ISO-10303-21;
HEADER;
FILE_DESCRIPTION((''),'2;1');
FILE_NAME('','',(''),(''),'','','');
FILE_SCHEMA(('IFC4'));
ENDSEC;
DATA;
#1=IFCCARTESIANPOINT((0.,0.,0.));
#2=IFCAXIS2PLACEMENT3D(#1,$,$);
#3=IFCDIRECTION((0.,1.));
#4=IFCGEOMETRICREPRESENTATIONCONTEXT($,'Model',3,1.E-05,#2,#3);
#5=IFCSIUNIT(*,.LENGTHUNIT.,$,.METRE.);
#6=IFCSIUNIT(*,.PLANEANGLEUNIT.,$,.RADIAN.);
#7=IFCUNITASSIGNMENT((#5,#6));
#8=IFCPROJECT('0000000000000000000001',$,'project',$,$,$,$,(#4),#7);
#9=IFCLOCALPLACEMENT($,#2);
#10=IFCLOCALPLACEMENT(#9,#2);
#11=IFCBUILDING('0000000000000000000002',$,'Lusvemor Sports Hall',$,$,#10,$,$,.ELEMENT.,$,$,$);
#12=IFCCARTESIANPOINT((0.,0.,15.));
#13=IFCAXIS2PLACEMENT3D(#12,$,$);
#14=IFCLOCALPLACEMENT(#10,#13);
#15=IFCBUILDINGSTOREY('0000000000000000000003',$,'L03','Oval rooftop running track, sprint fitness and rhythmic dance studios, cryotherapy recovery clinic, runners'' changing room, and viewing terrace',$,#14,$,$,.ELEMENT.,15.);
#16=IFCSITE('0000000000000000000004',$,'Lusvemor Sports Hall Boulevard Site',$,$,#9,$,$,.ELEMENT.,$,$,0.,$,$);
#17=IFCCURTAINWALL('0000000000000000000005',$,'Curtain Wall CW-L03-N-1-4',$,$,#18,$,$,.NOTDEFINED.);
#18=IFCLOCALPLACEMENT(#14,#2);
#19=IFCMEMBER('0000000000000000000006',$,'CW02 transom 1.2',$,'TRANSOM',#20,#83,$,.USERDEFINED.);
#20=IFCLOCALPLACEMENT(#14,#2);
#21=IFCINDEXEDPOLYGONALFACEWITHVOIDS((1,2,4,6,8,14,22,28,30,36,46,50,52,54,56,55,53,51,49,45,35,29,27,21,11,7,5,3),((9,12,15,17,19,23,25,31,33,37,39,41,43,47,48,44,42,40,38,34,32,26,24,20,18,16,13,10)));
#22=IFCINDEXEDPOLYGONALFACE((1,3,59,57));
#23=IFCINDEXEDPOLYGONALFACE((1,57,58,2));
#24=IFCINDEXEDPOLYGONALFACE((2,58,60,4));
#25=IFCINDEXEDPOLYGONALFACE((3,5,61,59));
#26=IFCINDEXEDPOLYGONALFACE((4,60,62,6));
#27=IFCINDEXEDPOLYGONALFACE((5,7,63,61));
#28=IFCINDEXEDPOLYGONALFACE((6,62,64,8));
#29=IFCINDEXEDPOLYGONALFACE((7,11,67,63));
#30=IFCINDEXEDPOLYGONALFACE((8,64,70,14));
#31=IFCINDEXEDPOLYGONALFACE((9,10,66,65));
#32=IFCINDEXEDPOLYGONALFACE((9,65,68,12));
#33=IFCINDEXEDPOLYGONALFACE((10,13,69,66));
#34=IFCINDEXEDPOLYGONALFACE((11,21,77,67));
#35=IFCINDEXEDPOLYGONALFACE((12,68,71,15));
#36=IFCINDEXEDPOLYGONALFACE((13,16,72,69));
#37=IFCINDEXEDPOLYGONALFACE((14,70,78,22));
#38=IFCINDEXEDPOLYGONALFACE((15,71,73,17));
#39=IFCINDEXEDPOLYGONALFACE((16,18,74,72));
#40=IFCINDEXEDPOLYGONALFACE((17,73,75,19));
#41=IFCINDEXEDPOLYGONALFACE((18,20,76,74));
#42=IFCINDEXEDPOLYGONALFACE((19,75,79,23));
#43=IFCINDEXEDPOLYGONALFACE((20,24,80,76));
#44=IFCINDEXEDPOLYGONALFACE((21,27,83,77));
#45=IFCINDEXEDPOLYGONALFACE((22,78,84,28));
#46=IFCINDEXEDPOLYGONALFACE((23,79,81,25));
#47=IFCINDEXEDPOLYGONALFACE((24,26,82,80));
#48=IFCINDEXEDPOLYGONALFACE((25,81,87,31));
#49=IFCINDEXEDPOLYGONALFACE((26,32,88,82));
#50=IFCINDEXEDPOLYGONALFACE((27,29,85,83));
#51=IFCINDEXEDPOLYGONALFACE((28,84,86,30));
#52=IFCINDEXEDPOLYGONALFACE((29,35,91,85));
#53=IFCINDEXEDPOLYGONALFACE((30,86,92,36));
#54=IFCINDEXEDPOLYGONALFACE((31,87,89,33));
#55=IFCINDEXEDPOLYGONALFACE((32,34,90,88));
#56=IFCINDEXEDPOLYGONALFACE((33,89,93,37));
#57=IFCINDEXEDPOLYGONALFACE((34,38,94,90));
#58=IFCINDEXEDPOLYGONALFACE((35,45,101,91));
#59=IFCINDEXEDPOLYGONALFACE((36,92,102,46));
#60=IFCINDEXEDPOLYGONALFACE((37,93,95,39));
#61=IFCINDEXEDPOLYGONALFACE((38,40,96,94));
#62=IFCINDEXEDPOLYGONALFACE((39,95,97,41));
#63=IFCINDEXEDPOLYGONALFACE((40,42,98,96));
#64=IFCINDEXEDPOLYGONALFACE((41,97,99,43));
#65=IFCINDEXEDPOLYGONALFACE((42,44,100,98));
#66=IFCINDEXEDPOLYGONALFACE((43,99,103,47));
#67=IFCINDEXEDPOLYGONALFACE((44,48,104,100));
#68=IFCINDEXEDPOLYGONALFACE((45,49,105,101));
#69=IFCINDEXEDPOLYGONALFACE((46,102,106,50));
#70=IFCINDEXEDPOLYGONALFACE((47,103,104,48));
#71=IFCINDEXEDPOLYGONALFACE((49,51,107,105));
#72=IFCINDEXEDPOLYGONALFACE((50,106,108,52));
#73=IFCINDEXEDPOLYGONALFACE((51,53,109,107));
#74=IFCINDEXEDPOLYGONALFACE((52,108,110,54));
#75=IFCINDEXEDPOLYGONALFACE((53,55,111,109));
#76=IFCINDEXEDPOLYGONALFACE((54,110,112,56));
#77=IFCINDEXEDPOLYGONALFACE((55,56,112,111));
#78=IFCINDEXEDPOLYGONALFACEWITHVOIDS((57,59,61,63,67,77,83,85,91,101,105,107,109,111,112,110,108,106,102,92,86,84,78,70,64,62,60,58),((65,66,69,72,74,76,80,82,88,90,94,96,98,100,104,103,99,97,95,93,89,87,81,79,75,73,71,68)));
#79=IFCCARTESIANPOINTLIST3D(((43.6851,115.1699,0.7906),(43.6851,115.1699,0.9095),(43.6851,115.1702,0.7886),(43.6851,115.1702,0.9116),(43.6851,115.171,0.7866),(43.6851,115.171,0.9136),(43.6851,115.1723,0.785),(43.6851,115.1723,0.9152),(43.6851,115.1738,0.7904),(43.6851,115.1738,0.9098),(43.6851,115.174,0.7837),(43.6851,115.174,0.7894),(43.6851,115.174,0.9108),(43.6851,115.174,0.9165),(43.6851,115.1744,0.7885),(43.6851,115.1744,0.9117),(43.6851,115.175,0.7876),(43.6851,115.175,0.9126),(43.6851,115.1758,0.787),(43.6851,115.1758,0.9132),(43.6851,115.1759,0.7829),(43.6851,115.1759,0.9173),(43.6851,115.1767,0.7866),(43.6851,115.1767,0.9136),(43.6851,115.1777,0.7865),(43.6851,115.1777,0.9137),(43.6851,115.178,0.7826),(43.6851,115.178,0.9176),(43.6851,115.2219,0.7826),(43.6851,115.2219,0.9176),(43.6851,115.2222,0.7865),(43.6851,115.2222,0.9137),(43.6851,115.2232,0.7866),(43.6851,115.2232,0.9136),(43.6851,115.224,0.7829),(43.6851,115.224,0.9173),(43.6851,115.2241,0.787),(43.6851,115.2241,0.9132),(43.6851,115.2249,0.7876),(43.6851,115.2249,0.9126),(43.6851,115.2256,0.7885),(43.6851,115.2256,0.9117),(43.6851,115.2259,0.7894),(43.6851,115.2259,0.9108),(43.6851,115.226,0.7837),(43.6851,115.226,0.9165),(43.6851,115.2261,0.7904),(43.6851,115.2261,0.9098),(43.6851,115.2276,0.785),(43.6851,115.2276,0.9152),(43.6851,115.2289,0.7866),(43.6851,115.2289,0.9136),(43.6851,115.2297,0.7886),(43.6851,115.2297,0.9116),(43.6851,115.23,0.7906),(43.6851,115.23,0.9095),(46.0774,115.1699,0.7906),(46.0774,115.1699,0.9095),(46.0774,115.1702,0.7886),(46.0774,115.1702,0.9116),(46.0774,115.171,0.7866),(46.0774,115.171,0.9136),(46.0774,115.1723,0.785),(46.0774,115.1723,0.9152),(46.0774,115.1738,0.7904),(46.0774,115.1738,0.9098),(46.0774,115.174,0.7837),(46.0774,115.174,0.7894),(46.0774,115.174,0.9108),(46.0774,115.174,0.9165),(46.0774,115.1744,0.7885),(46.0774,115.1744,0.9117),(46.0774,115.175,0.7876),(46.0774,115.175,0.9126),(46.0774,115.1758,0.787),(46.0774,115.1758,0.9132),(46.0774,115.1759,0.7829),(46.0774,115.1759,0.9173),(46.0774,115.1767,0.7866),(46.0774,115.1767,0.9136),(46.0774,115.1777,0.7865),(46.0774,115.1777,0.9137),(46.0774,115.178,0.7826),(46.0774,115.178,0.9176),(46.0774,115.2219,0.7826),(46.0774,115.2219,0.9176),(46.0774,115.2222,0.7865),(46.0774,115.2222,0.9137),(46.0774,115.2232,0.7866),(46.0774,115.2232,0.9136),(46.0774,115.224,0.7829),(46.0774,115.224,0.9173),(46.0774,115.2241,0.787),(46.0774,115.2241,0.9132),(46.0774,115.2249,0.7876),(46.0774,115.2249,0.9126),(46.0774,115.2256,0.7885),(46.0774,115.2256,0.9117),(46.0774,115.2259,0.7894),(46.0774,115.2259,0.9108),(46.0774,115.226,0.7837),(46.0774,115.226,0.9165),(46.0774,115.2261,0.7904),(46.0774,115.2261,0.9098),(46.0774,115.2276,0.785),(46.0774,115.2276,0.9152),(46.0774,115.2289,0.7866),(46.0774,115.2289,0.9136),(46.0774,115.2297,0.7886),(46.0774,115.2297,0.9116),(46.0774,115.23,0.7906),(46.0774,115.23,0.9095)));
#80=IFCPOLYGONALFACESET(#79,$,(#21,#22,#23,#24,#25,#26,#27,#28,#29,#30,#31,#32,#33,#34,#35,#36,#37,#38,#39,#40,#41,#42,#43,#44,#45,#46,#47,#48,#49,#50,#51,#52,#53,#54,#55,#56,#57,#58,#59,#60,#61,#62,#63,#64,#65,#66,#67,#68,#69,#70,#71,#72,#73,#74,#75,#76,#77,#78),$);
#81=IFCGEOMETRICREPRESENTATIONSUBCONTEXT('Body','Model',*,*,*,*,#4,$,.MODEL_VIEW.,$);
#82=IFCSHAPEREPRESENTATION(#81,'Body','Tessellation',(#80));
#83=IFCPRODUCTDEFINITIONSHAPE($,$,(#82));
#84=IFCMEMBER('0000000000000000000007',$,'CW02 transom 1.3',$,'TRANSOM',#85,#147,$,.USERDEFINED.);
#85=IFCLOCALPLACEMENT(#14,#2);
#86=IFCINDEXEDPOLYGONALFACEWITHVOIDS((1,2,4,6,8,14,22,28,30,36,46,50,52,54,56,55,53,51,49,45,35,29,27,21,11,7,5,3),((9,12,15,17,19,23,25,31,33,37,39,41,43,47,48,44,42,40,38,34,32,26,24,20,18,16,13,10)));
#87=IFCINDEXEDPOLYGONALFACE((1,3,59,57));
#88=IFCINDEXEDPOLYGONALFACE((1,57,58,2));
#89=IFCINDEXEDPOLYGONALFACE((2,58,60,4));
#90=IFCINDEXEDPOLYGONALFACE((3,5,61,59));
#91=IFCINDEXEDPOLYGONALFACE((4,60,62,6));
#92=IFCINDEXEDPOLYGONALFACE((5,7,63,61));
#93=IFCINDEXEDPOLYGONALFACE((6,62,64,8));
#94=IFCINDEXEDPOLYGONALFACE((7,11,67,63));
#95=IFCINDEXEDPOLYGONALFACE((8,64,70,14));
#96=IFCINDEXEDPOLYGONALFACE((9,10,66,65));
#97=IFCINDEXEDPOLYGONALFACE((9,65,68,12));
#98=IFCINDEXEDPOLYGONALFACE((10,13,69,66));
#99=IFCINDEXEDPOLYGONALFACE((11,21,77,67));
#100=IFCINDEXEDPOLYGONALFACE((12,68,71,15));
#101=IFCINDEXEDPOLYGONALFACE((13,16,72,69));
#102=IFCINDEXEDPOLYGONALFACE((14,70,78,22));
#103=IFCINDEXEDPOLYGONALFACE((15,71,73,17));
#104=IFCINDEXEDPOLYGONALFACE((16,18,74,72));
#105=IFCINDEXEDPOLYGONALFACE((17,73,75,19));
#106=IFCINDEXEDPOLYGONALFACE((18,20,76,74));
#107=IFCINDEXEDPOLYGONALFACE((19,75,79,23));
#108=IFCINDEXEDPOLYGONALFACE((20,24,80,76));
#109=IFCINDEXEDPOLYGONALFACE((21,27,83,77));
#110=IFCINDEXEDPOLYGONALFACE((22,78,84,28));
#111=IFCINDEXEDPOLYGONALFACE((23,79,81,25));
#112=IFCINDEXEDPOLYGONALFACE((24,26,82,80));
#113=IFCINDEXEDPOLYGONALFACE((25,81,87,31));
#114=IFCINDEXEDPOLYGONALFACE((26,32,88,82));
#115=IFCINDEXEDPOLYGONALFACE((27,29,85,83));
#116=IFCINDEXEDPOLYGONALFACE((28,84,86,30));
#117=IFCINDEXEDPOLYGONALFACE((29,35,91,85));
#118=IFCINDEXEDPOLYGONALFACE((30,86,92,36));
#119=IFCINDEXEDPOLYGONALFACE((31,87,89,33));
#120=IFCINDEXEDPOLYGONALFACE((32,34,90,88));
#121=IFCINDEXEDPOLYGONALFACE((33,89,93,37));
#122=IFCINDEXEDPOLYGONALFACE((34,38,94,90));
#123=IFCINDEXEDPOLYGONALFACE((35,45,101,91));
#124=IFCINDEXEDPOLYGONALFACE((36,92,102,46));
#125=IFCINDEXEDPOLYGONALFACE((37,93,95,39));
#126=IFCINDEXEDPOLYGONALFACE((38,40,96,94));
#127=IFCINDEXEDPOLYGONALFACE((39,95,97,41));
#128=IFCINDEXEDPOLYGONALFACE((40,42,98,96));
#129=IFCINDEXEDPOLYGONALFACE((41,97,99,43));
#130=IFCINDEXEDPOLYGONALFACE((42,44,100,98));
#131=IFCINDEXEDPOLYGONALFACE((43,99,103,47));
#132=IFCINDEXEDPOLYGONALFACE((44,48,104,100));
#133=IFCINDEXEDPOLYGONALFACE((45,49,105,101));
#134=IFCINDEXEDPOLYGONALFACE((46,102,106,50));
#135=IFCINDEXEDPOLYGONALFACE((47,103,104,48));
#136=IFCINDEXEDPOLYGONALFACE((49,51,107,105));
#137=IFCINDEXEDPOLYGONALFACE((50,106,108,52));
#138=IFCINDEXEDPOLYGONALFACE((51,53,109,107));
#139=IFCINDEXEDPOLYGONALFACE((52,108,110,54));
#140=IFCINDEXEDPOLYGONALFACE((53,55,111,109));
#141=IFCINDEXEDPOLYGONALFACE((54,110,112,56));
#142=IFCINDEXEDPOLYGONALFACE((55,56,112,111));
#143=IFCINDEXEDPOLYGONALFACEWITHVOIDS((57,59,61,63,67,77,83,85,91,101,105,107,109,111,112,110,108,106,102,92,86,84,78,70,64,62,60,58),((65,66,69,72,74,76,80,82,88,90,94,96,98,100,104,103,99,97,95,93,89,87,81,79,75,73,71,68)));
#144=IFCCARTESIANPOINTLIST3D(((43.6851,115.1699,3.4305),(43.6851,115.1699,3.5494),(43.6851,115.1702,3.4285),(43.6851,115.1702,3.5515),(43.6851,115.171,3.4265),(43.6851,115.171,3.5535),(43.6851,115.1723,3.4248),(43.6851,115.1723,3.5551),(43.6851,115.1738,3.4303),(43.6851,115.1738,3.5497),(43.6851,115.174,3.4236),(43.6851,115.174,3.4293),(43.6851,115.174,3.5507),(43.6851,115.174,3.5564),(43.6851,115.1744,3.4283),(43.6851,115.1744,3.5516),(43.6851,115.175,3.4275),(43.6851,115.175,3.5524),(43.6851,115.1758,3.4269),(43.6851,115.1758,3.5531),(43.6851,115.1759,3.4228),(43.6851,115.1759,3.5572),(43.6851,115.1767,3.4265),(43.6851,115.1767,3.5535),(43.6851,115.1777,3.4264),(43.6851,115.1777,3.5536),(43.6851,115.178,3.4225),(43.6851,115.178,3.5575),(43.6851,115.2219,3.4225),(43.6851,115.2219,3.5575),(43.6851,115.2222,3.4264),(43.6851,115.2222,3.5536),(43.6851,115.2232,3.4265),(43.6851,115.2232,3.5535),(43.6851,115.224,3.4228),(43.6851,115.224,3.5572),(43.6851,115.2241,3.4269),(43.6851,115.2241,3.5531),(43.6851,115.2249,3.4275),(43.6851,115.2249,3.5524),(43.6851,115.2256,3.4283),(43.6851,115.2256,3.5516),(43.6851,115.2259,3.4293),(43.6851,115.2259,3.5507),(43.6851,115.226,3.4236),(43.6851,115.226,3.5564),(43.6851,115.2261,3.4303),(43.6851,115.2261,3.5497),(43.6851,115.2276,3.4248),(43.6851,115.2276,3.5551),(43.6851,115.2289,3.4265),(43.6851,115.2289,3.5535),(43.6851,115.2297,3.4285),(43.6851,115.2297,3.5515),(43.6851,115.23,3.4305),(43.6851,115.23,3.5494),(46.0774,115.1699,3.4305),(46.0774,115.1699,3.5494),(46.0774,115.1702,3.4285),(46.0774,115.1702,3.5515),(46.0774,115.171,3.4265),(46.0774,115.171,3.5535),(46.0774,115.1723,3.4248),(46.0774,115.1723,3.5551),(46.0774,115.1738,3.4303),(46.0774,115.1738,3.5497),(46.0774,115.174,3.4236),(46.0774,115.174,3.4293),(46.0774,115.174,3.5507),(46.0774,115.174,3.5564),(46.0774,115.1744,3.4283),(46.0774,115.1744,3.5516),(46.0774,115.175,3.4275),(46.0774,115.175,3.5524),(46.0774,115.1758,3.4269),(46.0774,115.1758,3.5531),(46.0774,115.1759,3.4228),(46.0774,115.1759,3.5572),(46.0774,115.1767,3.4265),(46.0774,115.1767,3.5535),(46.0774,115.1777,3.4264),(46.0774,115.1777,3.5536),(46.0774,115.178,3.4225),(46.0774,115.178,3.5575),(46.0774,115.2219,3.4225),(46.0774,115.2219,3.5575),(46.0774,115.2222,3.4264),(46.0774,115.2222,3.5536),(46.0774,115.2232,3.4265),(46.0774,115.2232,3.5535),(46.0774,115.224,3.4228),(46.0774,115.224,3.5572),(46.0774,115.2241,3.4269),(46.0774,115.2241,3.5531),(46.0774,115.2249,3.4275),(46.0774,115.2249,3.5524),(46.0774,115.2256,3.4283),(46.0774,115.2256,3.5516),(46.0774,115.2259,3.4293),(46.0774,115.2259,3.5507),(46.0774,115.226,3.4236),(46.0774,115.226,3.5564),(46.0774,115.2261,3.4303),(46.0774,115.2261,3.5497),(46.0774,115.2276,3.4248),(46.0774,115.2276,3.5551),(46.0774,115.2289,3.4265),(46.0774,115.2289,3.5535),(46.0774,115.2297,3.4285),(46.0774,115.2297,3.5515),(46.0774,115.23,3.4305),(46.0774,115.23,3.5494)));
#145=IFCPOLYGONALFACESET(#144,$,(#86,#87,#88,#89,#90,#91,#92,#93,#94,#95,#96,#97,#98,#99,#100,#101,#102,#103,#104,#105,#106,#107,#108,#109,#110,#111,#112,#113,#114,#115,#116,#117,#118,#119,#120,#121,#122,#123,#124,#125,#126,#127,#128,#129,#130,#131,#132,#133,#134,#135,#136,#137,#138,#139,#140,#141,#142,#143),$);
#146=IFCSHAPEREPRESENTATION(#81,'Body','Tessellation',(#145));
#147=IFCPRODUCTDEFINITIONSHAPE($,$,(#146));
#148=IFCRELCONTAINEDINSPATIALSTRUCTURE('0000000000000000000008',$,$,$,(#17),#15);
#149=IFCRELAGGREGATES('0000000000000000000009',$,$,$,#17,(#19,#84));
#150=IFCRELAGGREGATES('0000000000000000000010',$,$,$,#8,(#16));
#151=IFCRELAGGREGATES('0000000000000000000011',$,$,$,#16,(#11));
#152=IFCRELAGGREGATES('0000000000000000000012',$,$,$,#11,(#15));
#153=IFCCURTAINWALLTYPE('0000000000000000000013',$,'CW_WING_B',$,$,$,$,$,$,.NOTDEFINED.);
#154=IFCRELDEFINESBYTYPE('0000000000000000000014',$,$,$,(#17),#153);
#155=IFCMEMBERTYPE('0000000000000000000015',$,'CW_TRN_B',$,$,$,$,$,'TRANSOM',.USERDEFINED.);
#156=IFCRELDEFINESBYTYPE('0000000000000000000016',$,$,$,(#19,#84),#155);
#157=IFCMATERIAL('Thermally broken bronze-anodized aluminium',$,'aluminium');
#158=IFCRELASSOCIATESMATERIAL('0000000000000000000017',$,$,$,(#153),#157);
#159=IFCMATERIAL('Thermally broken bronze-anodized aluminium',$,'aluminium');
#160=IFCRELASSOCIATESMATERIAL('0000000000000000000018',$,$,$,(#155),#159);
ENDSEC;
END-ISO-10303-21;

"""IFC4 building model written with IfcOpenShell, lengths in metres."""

from ifc_helpers import new_model, si_unit, direction, frame, origin, origin_2d, place, context, subcontext, project, spatial, hollow_rectangle, extrude, material, material_profile, profile_set, type_object, element, aggregate, save


model = new_model("IFC4")

# Units and contexts
model_context = context("Model", 3, precision=1e-05, world=origin(), true_north=direction((0.0, 1.0)))
body_context = subcontext(model_context, "Body", "Model", "MODEL_VIEW")
ifc_project = project(units=[si_unit("LENGTHUNIT", "METRE"), si_unit("PLANEANGLEUNIT", "RADIAN")], contexts=[model_context])

# Site, building, storey
site_placement = place(None, origin())
site = spatial("IfcSite", under=ifc_project, at=site_placement, Name="Lusvemor Sports Hall Boulevard Site", CompositionType="ELEMENT", RefElevation=0.0)
building_placement = place(site_placement, origin())
building = spatial("IfcBuilding", under=site, at=building_placement, Name="Lusvemor Sports Hall", CompositionType="ELEMENT")
storey_placement = place(building_placement, frame((0.0, 0.0, 15.0)))
storey = spatial("IfcBuildingStorey", under=building, at=storey_placement, Name="L03", Description="Oval rooftop running track, sprint fitness and rhythmic dance studios, cryotherapy recovery clinic, runners' changing room, and viewing terrace", CompositionType="ELEMENT", Elevation=15.0)

# Curtain wall
ifc_material_1 = material(Name="Thermally broken bronze-anodized aluminium", Category="aluminium")
curtain_wall_type = type_object("IfcCurtainWallType", Name="CW_WING_B", PredefinedType="NOTDEFINED", material=ifc_material_1)
curtain_wall_1_placement = place(storey_placement, origin())
curtain_wall_1 = element("IfcCurtainWall", 1, at=curtain_wall_1_placement, inside=storey, type_object=curtain_wall_type, Name="Curtain Wall CW-L03-N-1-4", PredefinedType="NOTDEFINED")

# Members
ifc_material_2 = material(Name="Thermally broken bronze-anodized aluminium", Category="aluminium")
ifc_material_profile_1 = material_profile(ifc_material_2, hollow_rectangle(XDim=0.0601, YDim=0.135, WallThickness=0.0039, InnerFilletRadius=0.0039, OuterFilletRadius=0.0081, at=origin_2d()), Name="CWTRN135x60x4")
ifc_profile_set_1 = profile_set([ifc_material_profile_1], Name="Thermally broken bronze-anodized aluminium")
member_type_1 = type_object("IfcMemberType", Name="CW_TRN_B", ElementType="TRANSOM", PredefinedType="USERDEFINED", material=ifc_profile_set_1)
member_1_placement = place(storey_placement, frame((43.6851, 115.2, 0.8501), z_axis=(1.0, 0.0, 0.0), x_axis=(0.0, 1.0, 0.0)))
member_1 = element("IfcMember", 2, at=member_1_placement, type_object=member_type_1, Name="CW02 transom 1.2", ObjectType="TRANSOM", PredefinedType="USERDEFINED", context=body_context, shape_type="SweptSolid", body=[
    extrude(hollow_rectangle(XDim=0.0601, YDim=0.135, WallThickness=0.0039, InnerFilletRadius=0.0039, OuterFilletRadius=0.0081, at=origin_2d()), origin(), (0.0, 0.0, 1.0), 2.3923),
])
member_2_placement = place(storey_placement, frame((43.6851, 115.2, 3.49), z_axis=(1.0, 0.0, 0.0), x_axis=(0.0, 1.0, 0.0)))
member_2 = element("IfcMember", 3, at=member_2_placement, type_object=member_type_1, Name="CW02 transom 1.3", ObjectType="TRANSOM", PredefinedType="USERDEFINED", context=body_context, shape_type="SweptSolid", body=[
    extrude(hollow_rectangle(XDim=0.0601, YDim=0.135, WallThickness=0.0039, InnerFilletRadius=0.0039, OuterFilletRadius=0.0081, at=origin_2d()), origin(), (0.0, 0.0, 1.0), 2.3923),
])

aggregate(curtain_wall_1, [member_1, member_2])

save(model, "model.ifc")
